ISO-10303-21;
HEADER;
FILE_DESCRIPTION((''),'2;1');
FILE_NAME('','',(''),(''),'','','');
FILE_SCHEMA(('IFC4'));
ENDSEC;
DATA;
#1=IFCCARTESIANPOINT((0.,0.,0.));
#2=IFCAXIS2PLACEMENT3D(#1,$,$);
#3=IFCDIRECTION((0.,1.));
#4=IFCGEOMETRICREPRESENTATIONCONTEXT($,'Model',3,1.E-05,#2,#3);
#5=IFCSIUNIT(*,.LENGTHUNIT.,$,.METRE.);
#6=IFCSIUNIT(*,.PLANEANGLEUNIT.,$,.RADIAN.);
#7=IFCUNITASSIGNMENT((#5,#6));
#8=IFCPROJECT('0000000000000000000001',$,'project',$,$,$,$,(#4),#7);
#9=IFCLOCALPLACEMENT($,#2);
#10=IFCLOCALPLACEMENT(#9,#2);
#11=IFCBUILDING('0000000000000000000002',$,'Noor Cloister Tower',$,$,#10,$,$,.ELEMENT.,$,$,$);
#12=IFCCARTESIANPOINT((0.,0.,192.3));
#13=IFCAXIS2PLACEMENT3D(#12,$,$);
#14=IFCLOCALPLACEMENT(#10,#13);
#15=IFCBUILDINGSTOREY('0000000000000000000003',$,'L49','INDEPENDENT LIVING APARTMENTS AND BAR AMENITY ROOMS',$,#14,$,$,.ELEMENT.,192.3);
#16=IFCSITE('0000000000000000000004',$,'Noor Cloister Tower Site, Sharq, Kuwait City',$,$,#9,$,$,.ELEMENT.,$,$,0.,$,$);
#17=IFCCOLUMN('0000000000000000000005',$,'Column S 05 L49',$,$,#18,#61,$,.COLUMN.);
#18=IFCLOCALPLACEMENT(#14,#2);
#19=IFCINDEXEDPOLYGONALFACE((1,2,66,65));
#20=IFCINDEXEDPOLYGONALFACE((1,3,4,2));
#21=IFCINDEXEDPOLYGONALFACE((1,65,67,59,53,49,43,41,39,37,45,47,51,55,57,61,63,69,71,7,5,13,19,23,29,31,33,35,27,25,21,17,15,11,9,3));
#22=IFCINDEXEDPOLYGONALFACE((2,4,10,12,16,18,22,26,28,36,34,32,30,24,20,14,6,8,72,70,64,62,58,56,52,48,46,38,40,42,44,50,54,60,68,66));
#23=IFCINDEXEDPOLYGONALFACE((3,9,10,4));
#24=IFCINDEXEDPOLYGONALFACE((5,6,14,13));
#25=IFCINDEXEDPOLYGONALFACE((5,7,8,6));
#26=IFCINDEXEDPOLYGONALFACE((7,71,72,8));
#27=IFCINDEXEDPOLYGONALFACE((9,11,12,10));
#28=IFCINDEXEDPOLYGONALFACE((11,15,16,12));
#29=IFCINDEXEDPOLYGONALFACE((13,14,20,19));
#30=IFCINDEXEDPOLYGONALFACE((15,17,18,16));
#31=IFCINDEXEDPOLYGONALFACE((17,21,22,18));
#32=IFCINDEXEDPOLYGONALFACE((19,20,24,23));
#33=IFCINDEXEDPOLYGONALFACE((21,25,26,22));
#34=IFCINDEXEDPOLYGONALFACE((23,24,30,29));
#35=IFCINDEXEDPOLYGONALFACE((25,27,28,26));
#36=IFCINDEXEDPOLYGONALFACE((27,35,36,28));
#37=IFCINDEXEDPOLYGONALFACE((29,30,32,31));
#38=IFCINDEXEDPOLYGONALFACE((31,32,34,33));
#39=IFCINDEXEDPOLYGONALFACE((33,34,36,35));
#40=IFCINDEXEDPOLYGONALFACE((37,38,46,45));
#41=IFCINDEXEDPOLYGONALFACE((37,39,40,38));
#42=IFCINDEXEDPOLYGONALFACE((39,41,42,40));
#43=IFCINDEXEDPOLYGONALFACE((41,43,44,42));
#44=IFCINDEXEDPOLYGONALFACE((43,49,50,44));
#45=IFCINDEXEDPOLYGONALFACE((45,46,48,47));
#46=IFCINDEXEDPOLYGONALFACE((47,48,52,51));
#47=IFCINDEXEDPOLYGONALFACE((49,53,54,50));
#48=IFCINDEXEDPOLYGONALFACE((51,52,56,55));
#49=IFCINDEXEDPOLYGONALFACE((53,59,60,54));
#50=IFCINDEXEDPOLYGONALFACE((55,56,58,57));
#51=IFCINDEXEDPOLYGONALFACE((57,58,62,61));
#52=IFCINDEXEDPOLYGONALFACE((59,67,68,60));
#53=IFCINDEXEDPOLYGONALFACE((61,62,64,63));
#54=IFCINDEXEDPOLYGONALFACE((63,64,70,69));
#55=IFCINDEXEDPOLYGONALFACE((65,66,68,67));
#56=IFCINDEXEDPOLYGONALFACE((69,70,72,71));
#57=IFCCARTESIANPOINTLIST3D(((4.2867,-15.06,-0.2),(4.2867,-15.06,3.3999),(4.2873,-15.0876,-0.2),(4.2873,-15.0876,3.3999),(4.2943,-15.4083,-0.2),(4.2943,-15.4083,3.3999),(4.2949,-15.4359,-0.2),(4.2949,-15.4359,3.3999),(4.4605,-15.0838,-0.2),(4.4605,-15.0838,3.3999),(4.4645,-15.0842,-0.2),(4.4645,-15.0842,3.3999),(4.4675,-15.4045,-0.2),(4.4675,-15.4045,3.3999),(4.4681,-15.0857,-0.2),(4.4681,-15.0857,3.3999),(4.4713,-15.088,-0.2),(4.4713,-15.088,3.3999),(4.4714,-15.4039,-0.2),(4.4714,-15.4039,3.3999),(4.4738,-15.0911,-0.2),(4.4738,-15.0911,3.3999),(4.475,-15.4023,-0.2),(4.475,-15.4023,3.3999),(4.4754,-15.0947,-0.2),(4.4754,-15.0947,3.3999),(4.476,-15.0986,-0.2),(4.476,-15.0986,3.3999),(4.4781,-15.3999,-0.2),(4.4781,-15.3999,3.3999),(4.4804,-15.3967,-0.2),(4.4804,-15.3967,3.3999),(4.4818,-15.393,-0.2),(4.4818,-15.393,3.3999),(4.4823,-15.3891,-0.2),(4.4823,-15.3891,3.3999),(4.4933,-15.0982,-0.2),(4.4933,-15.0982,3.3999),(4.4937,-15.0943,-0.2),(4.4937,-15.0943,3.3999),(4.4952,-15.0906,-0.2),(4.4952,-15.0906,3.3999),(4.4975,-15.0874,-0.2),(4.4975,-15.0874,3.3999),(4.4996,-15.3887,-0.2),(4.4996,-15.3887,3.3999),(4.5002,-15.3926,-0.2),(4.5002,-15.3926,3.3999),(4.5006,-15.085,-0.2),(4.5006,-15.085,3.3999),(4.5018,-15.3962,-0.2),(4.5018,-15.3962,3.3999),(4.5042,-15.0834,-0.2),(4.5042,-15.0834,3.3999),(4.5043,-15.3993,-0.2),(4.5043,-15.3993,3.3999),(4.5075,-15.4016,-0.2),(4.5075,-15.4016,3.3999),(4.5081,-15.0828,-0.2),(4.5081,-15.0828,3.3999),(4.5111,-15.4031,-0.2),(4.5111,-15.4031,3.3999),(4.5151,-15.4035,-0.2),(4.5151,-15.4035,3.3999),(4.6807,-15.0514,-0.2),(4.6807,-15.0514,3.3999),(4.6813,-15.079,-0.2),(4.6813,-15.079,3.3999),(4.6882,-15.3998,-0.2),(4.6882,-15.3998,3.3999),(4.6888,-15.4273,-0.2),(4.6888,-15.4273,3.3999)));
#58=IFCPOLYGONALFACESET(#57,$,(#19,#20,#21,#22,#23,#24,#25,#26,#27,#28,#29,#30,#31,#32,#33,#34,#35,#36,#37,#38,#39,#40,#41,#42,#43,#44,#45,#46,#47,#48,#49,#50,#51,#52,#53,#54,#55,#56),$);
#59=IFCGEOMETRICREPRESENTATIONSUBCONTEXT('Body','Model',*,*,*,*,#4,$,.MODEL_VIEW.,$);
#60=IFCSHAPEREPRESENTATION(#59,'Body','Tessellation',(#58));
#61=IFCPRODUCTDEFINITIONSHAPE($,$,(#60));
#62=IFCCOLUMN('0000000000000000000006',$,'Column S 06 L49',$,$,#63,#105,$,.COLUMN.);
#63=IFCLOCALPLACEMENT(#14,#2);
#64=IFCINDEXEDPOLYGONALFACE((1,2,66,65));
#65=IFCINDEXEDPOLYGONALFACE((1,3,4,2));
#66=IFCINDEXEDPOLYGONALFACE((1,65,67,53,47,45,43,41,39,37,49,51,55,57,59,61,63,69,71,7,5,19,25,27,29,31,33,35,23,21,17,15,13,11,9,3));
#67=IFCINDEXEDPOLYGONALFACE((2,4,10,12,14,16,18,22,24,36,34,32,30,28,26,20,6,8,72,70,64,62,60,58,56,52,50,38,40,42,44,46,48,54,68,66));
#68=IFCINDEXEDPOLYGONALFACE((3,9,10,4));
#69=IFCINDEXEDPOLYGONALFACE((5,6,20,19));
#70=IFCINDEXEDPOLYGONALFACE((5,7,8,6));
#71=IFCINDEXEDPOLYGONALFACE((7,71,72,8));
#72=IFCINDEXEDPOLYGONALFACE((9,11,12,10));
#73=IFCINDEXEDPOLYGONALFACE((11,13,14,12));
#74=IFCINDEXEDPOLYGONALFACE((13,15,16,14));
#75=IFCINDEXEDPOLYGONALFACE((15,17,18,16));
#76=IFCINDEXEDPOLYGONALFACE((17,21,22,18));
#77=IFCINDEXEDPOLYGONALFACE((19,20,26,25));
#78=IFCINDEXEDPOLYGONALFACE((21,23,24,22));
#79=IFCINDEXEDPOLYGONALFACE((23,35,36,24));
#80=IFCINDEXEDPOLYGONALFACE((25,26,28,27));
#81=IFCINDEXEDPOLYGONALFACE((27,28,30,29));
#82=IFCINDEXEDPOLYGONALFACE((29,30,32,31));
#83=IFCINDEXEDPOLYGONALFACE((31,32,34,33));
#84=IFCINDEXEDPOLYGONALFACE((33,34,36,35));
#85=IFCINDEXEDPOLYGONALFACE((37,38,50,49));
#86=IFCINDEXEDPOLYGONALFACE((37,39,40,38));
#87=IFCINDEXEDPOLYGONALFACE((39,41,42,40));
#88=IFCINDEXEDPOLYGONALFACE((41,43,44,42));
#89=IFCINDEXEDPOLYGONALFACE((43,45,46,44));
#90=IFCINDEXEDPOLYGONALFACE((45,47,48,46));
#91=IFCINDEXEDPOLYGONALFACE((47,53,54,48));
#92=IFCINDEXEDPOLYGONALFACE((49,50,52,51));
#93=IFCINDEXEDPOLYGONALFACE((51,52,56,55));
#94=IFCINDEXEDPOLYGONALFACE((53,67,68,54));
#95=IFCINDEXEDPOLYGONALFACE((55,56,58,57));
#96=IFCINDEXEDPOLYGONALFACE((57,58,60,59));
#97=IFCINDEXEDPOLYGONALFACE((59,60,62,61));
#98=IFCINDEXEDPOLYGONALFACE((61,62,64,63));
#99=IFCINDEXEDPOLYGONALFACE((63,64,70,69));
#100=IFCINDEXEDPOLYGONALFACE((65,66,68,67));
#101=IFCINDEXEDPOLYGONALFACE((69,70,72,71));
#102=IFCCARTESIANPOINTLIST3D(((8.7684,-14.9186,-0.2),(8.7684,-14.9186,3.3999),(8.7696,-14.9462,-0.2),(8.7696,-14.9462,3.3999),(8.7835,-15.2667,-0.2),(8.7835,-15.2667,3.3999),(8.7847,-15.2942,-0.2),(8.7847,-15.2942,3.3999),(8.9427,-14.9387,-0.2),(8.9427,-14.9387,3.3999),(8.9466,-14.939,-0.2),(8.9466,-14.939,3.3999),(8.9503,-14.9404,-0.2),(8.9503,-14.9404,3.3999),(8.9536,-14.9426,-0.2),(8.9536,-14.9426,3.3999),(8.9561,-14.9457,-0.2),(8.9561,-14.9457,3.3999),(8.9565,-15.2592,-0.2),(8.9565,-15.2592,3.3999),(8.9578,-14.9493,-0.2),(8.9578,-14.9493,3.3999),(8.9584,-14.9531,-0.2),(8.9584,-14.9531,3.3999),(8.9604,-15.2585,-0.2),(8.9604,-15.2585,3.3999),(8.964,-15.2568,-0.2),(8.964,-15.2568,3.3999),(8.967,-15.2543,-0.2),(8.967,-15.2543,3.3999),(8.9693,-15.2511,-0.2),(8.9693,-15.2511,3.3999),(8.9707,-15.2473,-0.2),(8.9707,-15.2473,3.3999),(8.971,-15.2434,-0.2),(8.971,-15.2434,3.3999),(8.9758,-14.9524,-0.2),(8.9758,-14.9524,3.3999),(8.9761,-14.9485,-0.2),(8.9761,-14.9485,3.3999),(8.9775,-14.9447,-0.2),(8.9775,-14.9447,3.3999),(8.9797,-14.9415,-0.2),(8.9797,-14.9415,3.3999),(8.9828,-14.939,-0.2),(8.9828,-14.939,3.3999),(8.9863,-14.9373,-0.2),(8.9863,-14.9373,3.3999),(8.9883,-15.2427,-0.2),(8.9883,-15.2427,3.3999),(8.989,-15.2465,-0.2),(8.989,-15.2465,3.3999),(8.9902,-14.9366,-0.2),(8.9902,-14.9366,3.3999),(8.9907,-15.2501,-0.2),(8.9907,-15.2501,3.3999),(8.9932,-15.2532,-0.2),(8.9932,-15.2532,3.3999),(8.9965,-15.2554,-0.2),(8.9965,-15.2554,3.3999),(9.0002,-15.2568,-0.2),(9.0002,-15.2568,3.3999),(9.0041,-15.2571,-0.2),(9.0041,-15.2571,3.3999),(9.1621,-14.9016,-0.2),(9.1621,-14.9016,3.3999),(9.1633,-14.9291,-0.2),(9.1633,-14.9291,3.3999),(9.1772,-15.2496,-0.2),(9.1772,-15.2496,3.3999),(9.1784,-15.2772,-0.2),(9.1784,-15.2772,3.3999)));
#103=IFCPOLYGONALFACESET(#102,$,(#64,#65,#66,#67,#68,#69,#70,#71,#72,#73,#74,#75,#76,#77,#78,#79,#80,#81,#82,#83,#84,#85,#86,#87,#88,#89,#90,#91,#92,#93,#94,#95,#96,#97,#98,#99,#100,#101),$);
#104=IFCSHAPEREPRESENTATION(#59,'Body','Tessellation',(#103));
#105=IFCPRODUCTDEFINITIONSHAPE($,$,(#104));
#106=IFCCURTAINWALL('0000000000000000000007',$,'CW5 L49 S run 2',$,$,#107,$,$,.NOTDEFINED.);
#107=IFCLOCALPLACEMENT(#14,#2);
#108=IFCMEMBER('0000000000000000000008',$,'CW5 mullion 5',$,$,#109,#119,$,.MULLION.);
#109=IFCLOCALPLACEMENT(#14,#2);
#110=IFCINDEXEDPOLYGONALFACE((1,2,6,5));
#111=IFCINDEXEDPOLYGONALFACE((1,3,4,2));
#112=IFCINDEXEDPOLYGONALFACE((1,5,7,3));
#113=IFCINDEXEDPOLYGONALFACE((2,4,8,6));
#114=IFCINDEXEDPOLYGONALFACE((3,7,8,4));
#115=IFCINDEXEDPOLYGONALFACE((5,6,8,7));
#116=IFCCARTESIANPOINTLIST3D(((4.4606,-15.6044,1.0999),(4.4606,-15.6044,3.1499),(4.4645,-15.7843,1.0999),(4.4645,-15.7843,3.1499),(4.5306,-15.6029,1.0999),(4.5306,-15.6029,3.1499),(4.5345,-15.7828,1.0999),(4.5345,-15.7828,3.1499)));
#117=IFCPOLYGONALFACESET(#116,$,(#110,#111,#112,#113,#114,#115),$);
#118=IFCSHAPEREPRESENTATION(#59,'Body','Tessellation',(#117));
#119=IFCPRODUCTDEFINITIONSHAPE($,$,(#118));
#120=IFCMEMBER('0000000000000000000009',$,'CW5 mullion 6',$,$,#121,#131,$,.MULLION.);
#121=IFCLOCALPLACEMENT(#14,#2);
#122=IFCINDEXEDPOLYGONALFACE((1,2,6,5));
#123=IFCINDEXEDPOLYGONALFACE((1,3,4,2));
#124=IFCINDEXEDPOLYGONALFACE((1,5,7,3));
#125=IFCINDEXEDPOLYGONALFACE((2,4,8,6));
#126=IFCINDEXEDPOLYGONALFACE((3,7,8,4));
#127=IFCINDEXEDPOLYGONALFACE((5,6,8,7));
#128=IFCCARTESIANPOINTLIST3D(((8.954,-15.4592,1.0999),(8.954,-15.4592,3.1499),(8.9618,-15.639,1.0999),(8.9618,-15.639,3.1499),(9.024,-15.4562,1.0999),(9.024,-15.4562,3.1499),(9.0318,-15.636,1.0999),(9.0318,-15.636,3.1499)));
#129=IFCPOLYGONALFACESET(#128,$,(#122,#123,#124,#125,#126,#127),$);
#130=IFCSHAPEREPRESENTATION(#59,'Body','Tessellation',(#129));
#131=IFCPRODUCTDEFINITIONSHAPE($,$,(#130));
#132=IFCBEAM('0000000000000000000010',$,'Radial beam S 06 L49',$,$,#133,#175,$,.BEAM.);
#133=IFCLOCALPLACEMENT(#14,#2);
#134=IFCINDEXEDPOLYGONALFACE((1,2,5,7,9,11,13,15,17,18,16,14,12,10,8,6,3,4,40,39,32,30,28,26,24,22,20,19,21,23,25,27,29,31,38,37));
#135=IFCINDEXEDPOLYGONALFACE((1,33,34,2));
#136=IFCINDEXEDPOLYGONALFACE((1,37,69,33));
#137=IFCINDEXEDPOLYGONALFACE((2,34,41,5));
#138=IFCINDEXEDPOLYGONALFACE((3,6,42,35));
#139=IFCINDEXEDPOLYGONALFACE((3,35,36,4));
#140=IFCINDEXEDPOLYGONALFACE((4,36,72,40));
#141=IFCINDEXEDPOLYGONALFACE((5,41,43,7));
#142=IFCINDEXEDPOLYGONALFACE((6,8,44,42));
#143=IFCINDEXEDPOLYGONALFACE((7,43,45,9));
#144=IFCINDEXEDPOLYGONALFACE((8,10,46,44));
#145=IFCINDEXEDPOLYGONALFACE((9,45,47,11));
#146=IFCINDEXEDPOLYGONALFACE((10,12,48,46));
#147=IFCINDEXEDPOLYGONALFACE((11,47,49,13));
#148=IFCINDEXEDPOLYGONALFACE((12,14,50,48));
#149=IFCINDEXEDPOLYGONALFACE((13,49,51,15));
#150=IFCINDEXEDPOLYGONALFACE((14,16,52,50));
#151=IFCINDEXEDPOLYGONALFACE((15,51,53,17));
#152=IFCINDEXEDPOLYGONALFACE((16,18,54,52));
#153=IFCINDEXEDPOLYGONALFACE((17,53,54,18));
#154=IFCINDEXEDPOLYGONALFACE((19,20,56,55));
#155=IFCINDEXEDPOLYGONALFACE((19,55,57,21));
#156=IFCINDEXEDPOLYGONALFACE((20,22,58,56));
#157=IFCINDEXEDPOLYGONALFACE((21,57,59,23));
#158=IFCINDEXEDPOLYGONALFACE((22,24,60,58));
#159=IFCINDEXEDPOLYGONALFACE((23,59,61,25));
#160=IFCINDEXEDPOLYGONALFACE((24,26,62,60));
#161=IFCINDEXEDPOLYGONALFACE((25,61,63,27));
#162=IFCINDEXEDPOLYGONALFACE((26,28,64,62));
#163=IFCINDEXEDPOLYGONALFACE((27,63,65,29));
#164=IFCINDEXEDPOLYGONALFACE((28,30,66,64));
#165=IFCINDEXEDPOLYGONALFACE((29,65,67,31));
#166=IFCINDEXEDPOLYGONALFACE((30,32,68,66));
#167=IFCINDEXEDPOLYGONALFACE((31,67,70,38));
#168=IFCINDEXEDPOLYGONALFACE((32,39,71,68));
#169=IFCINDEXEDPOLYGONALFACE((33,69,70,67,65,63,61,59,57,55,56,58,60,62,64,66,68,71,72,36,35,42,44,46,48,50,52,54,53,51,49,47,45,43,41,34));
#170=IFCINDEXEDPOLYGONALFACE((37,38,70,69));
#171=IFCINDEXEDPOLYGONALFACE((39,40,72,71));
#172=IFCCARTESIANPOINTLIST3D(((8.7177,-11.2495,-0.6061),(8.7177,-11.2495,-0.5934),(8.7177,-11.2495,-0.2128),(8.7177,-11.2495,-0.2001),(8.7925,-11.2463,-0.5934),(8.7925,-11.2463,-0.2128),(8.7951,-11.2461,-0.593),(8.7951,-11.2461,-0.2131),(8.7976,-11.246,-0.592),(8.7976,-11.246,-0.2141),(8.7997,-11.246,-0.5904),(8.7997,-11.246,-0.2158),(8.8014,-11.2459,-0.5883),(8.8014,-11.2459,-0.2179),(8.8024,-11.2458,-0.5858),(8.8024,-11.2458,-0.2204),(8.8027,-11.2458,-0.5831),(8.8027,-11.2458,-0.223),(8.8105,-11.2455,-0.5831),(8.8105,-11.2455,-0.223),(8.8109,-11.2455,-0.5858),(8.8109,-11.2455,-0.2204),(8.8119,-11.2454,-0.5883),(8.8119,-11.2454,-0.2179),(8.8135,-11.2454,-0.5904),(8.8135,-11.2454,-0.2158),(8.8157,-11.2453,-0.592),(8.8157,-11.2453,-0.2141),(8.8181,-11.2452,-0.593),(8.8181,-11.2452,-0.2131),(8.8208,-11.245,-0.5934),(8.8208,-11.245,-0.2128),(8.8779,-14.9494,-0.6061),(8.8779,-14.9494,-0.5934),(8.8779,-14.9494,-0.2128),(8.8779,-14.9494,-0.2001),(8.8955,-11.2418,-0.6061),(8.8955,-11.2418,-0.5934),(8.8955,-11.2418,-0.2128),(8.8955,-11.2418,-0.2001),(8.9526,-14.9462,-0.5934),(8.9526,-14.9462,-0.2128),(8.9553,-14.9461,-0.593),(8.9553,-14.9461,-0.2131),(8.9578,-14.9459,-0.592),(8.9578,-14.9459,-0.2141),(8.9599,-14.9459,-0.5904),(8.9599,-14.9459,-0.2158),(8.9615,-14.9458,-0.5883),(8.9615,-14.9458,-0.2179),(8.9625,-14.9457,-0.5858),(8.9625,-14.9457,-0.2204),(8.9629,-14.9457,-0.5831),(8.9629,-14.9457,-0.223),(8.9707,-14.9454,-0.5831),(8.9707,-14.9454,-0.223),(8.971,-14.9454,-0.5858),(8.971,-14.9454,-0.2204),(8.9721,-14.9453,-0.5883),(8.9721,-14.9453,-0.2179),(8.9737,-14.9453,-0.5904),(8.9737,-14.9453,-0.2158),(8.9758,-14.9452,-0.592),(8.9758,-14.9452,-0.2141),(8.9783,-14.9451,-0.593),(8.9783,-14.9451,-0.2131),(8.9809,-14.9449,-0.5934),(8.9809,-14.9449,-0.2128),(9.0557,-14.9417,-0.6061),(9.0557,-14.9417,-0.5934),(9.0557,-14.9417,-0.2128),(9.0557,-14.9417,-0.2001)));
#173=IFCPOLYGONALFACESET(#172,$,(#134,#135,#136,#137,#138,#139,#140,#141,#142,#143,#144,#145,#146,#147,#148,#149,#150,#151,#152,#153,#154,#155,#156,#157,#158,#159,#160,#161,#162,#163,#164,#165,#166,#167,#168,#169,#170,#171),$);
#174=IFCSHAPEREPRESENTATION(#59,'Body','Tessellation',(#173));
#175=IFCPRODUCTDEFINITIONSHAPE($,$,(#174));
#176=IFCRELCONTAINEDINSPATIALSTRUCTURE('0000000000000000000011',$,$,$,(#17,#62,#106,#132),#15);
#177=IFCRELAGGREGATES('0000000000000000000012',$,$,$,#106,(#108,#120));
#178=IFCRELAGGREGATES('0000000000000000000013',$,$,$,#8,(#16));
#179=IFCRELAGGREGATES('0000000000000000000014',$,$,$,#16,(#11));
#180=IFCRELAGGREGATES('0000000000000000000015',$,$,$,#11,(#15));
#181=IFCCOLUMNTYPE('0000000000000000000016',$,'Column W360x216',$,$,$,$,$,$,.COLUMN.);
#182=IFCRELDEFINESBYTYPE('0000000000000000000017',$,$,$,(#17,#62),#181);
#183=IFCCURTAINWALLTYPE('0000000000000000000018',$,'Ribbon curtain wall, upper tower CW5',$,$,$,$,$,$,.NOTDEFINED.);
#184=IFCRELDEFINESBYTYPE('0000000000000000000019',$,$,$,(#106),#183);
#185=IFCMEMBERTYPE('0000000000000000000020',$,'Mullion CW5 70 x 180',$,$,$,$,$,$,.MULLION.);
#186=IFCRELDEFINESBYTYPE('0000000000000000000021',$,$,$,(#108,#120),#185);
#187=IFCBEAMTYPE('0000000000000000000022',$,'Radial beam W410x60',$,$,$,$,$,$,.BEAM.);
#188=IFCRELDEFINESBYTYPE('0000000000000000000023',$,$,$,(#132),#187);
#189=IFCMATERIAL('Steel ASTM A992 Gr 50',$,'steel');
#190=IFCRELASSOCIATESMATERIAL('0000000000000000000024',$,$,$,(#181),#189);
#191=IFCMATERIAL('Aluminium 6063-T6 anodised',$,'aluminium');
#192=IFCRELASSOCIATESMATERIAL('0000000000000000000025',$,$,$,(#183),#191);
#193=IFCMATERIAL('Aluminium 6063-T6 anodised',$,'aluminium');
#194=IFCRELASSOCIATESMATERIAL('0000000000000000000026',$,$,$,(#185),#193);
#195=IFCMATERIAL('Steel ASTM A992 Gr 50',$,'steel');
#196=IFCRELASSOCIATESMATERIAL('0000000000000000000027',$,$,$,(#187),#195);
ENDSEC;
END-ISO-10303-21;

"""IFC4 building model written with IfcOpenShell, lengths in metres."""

from ifc_helpers import new_model, si_unit, direction, frame, origin, origin_2d, place, context, subcontext, project, spatial, rectangle, i_section, extrude, material, material_profile, profile_set, type_object, element, aggregate, save


model = new_model("IFC4")

# Units and contexts
model_context = context("Model", 3, precision=1e-05, world=origin(), true_north=direction((0.0, 1.0)))
body_context = subcontext(model_context, "Body", "Model", "MODEL_VIEW")
ifc_project = project(units=[si_unit("LENGTHUNIT", "METRE"), si_unit("PLANEANGLEUNIT", "RADIAN")], contexts=[model_context])

# Site, building, storey
site_placement = place(None, origin())
site = spatial("IfcSite", under=ifc_project, at=site_placement, Name="Noor Cloister Tower Site, Sharq, Kuwait City", CompositionType="ELEMENT", RefElevation=0.0)
building_placement = place(site_placement, origin())
building = spatial("IfcBuilding", under=site, at=building_placement, Name="Noor Cloister Tower", CompositionType="ELEMENT")
storey_placement = place(building_placement, frame((0.0, 0.0, 192.3)))
storey = spatial("IfcBuildingStorey", under=building, at=storey_placement, Name="L49", Description="INDEPENDENT LIVING APARTMENTS AND BAR AMENITY ROOMS", CompositionType="ELEMENT", Elevation=192.3)

# Columns
ifc_material_1 = material(Name="Steel ASTM A992 Gr 50", Category="steel")
ifc_material_profile_1 = material_profile(ifc_material_1, i_section(OverallWidth=0.394, OverallDepth=0.376, WebThickness=0.0173, FlangeThickness=0.0276, FilletRadius=0.0151, at=origin_2d()), Name="W360x216")
ifc_profile_set_1 = profile_set([ifc_material_profile_1], Name="Steel ASTM A992 Gr 50")
column_type = type_object("IfcColumnType", Name="Column W360x216", PredefinedType="COLUMN", material=ifc_profile_set_1)
for number, where, z_axis, x_axis, name in (
    (1, (4.4878, -15.2437, -0.2), (0.0, 0.0, 1.0), (0.999766, 0.021639, 0.0), "Column S 05 L49"),
    (2, (8.9734, -15.0979, -0.2), (0.0, 0.0, 1.0), (0.999064, 0.043267, 0.0), "Column S 06 L49"),
):
    element("IfcColumn", number, at=place(storey_placement, frame(where, z_axis=z_axis, x_axis=x_axis)), inside=storey, type_object=column_type, Name=name, PredefinedType="COLUMN", context=body_context, shape_type="SweptSolid", body=[
        extrude(i_section(OverallWidth=0.394, OverallDepth=0.376, WebThickness=0.0173, FlangeThickness=0.0276, FilletRadius=0.0151, at=origin_2d()), origin(), (0.0, 0.0, 1.0), 3.5999),
    ])

# Curtain wall, members
ifc_material_2 = material(Name="Aluminium 6063-T6 anodised", Category="aluminium")
curtain_wall_type = type_object("IfcCurtainWallType", Name="Ribbon curtain wall, upper tower CW5", PredefinedType="NOTDEFINED", material=ifc_material_2)
curtain_wall_placement = place(storey_placement, origin())
curtain_wall = element("IfcCurtainWall", 3, at=curtain_wall_placement, inside=storey, type_object=curtain_wall_type, Name="CW5 L49 S run 2", PredefinedType="NOTDEFINED")
ifc_material_3 = material(Name="Aluminium 6063-T6 anodised", Category="aluminium")
ifc_material_profile_2 = material_profile(ifc_material_3, rectangle(XDim=0.1799, YDim=0.0701, at=origin_2d()), Name="180 x 70 mullion")
ifc_profile_set_2 = profile_set([ifc_material_profile_2], Name="Aluminium 6063-T6 anodised")
member_type = type_object("IfcMemberType", Name="Mullion CW5 70 x 180", PredefinedType="MULLION", material=ifc_profile_set_2)
member_1_placement = place(storey_placement, frame((4.4976, -15.6936, 1.0999), z_axis=(0.0, 0.0, 1.0), x_axis=(-0.021639, 0.999766, 0.0)))
member_1 = element("IfcMember", 4, at=member_1_placement, type_object=member_type, Name="CW5 mullion 5", PredefinedType="MULLION", context=body_context, shape_type="SweptSolid", body=[
    extrude(rectangle(XDim=0.1799, YDim=0.0701, at=origin_2d()), origin(), (0.0, 0.0, 1.0), 2.05),
])
member_2_placement = place(storey_placement, frame((8.9929, -15.5476, 1.0999), z_axis=(0.0, 0.0, 1.0), x_axis=(-0.043267, 0.999064, 0.0)))
member_2 = element("IfcMember", 5, at=member_2_placement, type_object=member_type, Name="CW5 mullion 6", PredefinedType="MULLION", context=body_context, shape_type="SweptSolid", body=[
    extrude(rectangle(XDim=0.1799, YDim=0.0701, at=origin_2d()), origin(), (0.0, 0.0, 1.0), 2.05),
])

# Beam
ifc_material_4 = material(Name="Steel ASTM A992 Gr 50", Category="steel")
ifc_material_profile_3 = material_profile(ifc_material_4, i_section(OverallWidth=0.178, OverallDepth=0.406, WebThickness=0.0078, FlangeThickness=0.0127, FilletRadius=0.0103, at=origin_2d()), Name="W410x60")
ifc_profile_set_3 = profile_set([ifc_material_profile_3], Name="Steel ASTM A992 Gr 50")
beam_type_1 = type_object("IfcBeamType", Name="Radial beam W410x60", PredefinedType="BEAM", material=ifc_profile_set_3)
beam_1_placement = place(storey_placement, frame((8.9668, -14.9456, -0.4031), z_axis=(-0.043246, 0.999064, 0.0), x_axis=(-0.999064, -0.043246, 0.0)))
element("IfcBeam", 6, at=beam_1_placement, inside=storey, type_object=beam_type_1, Name="Radial beam S 06 L49", PredefinedType="BEAM", context=body_context, shape_type="SweptSolid", body=[
    extrude(i_section(OverallWidth=0.178, OverallDepth=0.406, WebThickness=0.0078, FlangeThickness=0.0127, FilletRadius=0.0103, at=origin_2d()), origin(), (0.0, 0.0, 1.0), 3.7034),
])

aggregate(curtain_wall, [member_1, member_2])

save(model, "model.ifc")
